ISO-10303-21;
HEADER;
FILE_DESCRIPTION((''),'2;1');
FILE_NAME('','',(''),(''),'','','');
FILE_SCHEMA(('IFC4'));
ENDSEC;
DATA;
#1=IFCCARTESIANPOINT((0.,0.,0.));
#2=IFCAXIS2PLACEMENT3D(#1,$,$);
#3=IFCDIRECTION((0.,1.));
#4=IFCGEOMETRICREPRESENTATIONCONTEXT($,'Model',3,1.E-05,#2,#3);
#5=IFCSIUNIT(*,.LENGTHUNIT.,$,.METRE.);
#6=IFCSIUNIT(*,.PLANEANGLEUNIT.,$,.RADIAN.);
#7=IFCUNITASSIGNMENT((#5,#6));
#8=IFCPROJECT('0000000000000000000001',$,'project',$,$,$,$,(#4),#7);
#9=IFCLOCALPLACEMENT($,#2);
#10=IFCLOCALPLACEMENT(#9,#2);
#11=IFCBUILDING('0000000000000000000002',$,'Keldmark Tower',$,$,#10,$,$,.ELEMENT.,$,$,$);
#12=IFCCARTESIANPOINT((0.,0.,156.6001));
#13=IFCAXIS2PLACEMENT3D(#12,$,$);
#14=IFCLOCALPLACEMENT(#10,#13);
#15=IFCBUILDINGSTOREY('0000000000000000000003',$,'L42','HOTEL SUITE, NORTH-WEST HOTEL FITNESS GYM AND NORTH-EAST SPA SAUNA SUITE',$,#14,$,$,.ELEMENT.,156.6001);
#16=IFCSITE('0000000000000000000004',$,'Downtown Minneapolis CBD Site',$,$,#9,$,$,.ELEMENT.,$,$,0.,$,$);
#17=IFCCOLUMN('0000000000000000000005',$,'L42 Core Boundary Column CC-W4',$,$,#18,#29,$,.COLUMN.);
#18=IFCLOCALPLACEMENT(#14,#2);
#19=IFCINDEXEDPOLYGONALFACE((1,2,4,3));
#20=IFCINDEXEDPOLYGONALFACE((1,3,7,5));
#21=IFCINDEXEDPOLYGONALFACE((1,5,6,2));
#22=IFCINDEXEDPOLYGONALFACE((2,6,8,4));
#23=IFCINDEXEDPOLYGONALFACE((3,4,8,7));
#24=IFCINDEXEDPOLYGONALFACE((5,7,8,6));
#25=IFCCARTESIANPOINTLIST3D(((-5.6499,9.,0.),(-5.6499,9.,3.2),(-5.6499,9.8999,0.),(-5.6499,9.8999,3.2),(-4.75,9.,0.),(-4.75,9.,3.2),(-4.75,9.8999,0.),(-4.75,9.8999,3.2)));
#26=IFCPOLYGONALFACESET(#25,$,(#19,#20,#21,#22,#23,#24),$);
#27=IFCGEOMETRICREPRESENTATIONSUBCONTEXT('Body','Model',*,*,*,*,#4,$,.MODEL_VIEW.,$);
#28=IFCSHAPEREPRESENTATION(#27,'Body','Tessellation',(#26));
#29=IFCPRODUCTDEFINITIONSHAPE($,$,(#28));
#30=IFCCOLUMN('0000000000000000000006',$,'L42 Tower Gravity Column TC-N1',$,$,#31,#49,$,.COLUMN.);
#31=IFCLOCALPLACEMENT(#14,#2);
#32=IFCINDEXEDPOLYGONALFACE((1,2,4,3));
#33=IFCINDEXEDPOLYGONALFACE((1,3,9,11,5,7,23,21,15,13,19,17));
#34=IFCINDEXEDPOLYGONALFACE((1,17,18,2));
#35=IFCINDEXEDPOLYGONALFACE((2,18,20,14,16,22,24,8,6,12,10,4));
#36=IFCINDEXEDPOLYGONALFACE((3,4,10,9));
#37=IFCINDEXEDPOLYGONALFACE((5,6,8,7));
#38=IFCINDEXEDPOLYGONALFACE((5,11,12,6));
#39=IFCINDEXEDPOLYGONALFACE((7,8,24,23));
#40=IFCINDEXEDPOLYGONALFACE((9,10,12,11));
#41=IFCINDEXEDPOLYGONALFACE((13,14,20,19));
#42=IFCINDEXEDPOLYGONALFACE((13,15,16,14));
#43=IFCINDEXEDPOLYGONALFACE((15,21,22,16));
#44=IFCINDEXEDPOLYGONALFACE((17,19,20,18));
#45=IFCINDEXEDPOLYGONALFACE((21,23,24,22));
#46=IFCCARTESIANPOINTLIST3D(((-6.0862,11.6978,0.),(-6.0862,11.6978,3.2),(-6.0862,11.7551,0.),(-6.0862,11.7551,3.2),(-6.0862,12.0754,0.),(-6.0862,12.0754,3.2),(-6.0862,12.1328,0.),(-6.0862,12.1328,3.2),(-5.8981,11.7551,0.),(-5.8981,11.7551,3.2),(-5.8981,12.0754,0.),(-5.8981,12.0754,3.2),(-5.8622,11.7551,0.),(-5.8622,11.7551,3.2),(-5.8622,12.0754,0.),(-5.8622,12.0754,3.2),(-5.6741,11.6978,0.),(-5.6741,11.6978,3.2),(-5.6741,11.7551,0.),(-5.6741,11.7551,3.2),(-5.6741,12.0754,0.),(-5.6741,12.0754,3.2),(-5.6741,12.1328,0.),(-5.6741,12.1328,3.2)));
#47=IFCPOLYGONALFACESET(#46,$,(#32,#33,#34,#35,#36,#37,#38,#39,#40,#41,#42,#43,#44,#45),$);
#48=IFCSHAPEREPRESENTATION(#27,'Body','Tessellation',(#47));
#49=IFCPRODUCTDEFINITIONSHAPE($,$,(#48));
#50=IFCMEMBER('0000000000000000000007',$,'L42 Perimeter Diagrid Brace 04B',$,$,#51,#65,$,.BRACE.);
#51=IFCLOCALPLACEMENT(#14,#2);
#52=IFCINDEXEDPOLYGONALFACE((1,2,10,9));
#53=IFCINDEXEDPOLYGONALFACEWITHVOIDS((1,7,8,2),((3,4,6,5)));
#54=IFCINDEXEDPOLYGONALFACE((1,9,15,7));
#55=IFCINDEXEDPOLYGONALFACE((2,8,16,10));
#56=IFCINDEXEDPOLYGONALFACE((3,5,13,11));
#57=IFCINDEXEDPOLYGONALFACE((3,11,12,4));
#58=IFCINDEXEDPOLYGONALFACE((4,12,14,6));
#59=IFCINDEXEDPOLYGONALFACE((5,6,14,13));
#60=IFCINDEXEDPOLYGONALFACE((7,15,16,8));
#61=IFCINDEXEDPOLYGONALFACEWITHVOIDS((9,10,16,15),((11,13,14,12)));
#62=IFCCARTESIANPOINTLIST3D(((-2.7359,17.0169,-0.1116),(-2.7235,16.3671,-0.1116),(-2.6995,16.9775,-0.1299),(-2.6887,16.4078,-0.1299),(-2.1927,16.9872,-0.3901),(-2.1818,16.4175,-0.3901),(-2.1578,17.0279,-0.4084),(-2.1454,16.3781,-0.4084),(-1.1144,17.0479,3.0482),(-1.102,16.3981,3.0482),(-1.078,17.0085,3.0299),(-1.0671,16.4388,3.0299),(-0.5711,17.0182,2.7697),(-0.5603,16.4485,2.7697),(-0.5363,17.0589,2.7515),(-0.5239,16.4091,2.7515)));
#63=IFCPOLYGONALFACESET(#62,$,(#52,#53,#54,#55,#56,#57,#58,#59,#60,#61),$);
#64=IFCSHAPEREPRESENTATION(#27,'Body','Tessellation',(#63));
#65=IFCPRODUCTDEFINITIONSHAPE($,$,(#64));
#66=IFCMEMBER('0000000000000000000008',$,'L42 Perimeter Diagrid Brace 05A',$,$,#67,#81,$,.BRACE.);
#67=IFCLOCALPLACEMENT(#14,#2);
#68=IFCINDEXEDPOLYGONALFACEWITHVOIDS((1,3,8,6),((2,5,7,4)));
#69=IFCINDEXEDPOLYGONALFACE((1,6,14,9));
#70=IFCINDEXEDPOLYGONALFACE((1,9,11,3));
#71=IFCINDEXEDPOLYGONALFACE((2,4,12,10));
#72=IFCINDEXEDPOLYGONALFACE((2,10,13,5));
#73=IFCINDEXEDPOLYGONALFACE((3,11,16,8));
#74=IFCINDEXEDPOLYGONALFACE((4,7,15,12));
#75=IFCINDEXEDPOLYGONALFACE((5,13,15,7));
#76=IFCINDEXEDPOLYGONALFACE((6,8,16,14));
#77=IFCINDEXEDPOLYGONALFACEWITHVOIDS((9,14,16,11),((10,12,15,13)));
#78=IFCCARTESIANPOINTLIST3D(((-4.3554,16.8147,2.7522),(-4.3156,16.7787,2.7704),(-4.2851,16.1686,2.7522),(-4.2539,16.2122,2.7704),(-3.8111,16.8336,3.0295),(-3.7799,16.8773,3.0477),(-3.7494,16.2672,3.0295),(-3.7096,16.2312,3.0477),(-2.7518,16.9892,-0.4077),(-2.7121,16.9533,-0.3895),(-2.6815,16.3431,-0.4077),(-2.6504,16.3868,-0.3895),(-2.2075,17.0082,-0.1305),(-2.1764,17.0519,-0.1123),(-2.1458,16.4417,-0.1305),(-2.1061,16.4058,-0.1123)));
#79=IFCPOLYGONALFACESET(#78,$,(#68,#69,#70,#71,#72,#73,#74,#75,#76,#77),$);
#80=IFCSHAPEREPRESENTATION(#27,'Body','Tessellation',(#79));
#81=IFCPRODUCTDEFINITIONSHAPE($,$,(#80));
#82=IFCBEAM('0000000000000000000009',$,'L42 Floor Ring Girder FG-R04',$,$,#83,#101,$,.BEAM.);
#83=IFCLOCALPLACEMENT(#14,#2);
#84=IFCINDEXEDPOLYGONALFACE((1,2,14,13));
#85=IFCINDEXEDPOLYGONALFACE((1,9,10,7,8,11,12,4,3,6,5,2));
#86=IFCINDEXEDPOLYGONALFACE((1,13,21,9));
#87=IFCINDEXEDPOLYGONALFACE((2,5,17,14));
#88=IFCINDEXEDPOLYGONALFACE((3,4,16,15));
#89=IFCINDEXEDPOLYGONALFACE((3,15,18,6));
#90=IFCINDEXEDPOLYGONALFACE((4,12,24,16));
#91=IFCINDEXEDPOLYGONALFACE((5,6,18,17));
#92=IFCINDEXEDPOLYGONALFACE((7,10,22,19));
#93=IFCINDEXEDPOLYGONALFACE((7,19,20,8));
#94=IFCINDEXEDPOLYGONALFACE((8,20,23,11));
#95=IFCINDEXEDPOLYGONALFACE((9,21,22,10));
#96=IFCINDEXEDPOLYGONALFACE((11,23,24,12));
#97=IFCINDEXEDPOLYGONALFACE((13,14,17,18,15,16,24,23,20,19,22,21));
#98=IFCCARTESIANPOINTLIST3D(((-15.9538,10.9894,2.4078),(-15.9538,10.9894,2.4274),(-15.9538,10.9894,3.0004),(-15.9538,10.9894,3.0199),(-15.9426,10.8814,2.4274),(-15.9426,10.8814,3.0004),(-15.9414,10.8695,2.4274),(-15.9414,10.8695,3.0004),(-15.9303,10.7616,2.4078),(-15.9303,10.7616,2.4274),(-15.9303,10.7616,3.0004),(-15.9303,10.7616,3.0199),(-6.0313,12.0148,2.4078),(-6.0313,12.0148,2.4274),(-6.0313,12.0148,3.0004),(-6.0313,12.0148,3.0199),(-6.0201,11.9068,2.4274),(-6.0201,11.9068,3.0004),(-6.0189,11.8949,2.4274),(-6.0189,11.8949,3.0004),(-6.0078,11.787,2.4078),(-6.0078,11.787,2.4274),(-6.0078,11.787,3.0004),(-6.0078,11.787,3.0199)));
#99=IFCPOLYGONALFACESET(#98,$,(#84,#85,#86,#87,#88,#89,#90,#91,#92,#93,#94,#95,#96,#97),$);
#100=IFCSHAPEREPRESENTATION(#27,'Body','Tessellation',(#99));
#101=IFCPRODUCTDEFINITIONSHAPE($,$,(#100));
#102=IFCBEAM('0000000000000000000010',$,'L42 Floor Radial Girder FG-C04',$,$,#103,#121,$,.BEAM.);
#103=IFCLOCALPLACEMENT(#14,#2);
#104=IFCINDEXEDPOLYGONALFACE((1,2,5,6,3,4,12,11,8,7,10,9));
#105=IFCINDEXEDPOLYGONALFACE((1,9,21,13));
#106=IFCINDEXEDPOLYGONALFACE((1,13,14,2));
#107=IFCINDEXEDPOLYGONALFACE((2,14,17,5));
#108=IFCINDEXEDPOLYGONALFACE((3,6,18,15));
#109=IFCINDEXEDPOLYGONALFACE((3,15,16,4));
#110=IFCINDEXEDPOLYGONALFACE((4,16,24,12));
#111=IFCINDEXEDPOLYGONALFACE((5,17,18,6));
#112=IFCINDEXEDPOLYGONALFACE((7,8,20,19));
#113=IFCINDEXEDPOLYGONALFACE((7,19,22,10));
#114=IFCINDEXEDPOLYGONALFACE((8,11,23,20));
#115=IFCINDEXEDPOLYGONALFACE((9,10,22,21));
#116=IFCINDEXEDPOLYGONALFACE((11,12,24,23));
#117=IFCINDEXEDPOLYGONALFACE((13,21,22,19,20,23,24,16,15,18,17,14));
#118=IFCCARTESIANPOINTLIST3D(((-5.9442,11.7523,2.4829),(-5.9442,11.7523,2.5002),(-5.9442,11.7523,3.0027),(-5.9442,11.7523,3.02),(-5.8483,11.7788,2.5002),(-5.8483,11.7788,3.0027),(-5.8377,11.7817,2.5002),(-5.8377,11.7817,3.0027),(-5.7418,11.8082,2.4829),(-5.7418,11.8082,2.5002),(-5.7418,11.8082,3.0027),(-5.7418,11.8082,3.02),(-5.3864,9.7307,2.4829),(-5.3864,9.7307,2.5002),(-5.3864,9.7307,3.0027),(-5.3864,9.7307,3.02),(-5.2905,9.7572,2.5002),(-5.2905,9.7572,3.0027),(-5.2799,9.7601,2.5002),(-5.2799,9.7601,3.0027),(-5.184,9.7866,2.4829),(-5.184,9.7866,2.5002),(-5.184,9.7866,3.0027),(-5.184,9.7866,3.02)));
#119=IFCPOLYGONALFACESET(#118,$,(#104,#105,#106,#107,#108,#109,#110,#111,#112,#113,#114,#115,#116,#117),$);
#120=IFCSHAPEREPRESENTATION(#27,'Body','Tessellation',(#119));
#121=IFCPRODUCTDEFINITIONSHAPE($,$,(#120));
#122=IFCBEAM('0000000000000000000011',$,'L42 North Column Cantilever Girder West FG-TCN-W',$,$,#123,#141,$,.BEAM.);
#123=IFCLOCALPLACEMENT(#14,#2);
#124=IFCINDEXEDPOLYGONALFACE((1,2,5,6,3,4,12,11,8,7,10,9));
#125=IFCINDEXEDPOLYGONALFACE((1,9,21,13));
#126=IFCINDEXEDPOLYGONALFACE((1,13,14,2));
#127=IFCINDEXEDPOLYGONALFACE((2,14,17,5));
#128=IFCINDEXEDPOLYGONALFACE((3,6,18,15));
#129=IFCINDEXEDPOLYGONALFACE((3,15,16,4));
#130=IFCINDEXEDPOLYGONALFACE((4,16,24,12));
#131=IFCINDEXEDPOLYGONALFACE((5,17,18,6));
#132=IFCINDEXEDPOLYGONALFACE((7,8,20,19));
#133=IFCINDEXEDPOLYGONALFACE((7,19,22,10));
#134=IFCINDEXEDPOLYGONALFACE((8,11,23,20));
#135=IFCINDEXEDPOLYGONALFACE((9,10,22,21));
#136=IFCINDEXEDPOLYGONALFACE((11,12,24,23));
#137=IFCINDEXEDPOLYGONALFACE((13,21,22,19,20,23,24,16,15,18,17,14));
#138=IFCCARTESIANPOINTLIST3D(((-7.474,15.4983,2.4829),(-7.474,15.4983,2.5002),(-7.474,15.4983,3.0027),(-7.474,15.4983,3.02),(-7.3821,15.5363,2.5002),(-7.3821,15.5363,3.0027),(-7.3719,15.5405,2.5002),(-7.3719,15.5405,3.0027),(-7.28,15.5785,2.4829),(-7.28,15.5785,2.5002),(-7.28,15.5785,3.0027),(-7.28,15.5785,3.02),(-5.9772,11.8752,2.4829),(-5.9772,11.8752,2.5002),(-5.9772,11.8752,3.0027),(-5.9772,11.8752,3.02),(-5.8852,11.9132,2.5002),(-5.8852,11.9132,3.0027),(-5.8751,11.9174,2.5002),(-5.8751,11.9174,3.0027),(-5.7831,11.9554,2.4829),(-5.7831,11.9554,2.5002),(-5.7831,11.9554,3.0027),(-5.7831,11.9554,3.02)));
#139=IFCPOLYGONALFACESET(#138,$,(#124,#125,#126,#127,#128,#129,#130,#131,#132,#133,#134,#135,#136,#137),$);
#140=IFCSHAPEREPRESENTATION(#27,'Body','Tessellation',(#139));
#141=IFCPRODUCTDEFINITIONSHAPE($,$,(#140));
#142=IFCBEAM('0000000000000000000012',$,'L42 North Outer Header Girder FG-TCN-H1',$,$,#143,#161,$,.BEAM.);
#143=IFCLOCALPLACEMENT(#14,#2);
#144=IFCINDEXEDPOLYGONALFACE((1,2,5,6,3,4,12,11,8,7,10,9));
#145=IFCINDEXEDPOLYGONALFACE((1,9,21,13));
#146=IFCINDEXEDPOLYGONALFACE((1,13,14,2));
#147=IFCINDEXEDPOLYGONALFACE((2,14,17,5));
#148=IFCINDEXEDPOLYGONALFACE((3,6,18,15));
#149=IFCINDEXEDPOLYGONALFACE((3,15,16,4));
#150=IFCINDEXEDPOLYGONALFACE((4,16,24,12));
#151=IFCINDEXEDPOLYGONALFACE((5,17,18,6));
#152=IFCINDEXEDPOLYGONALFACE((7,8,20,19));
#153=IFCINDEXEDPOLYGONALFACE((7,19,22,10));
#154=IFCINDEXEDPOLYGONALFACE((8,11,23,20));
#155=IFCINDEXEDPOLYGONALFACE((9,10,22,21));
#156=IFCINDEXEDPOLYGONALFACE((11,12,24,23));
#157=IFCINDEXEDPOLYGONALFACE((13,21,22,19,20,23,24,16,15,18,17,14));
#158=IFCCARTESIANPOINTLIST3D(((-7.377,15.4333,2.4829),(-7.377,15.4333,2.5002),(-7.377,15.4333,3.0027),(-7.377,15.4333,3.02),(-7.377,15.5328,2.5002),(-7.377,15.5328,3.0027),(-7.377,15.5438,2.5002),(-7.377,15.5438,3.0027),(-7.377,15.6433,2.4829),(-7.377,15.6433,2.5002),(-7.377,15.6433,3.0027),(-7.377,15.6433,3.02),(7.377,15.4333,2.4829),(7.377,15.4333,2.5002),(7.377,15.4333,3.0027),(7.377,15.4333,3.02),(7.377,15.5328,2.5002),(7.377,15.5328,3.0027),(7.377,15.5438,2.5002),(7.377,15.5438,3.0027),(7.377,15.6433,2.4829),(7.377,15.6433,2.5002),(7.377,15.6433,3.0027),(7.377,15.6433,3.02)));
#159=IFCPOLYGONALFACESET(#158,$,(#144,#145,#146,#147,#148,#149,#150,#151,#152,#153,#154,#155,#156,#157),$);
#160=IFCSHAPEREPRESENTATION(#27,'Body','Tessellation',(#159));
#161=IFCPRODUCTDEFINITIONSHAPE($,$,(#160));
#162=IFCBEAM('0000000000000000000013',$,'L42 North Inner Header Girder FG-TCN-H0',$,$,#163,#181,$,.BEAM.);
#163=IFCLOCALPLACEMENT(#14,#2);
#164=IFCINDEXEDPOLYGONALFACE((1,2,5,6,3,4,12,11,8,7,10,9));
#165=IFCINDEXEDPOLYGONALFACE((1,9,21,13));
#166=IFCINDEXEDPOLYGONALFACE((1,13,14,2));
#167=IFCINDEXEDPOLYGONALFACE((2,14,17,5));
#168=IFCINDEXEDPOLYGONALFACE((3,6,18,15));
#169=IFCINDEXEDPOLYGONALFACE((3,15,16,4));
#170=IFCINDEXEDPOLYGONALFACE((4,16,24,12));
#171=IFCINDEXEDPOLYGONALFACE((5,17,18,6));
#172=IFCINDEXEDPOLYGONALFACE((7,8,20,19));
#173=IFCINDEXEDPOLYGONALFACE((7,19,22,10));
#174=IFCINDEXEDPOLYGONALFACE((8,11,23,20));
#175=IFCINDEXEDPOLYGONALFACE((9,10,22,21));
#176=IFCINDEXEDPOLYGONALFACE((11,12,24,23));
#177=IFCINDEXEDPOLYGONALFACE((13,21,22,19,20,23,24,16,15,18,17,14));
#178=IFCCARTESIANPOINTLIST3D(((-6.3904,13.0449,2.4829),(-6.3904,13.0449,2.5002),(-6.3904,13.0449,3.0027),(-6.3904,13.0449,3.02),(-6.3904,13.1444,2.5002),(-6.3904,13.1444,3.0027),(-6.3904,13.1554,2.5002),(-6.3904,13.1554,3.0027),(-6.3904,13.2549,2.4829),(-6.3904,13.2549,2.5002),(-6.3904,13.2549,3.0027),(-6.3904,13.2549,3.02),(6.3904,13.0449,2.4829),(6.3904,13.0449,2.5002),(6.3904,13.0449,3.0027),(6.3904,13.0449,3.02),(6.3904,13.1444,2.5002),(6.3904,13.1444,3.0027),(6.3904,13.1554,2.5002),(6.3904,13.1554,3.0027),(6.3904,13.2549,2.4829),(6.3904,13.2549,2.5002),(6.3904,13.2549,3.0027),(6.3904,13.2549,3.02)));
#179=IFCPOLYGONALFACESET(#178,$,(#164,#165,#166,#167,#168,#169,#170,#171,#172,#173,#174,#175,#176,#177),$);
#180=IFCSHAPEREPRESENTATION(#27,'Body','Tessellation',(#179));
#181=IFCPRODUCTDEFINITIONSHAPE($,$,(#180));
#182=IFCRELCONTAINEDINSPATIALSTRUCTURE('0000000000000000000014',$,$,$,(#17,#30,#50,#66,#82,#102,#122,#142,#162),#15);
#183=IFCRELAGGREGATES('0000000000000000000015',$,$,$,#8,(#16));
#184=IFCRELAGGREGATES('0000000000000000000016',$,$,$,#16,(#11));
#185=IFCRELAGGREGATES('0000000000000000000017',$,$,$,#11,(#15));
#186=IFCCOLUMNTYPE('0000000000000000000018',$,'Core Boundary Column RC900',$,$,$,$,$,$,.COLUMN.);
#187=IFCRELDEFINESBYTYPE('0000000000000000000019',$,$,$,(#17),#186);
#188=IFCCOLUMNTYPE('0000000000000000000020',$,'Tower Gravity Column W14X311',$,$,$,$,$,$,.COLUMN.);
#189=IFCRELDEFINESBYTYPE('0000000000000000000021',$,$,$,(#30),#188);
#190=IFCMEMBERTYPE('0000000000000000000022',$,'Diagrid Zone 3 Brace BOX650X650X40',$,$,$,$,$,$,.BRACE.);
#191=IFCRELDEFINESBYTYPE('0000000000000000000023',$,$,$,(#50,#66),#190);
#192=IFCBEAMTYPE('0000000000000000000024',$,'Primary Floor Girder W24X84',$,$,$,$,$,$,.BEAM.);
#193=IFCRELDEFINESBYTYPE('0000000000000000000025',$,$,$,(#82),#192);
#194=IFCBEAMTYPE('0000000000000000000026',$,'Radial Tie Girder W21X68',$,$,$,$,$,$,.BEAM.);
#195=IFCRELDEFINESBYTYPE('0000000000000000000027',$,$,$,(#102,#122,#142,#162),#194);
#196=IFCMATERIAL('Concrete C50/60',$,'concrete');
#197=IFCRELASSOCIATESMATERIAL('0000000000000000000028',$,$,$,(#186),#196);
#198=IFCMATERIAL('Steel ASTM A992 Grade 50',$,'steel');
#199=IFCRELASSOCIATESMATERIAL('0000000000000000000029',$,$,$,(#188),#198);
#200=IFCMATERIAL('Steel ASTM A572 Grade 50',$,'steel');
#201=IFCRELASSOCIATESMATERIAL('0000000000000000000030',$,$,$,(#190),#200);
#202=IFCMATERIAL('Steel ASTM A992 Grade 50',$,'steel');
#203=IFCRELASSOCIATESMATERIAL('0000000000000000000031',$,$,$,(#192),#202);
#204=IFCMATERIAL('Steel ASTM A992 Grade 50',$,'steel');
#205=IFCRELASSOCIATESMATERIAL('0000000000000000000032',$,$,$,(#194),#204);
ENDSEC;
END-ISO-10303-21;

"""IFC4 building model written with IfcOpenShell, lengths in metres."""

from ifc_helpers import new_model, si_unit, direction, frame, origin, origin_2d, place, context, subcontext, project, spatial, rectangle, hollow_rectangle, i_section, extrude, material, material_profile, profile_set, type_object, element, save


model = new_model("IFC4")

# Units and contexts
model_context = context("Model", 3, precision=1e-05, world=origin(), true_north=direction((0.0, 1.0)))
body_context = subcontext(model_context, "Body", "Model", "MODEL_VIEW")
ifc_project = project(units=[si_unit("LENGTHUNIT", "METRE"), si_unit("PLANEANGLEUNIT", "RADIAN")], contexts=[model_context])

# Site, building, storey
site_placement = place(None, origin())
site = spatial("IfcSite", under=ifc_project, at=site_placement, Name="Downtown Minneapolis CBD Site", CompositionType="ELEMENT", RefElevation=0.0)
building_placement = place(site_placement, origin())
building = spatial("IfcBuilding", under=site, at=building_placement, Name="Keldmark Tower", CompositionType="ELEMENT")
storey_placement = place(building_placement, frame((0.0, 0.0, 156.6001)))
storey = spatial("IfcBuildingStorey", under=building, at=storey_placement, Name="L42", Description="HOTEL SUITE, NORTH-WEST HOTEL FITNESS GYM AND NORTH-EAST SPA SAUNA SUITE", CompositionType="ELEMENT", Elevation=156.6001)

# Columns
ifc_material_1 = material(Name="Concrete C50/60", Category="concrete")
ifc_material_profile_1 = material_profile(ifc_material_1, rectangle(XDim=0.8999, YDim=0.8999, at=origin_2d()), Name="RC900X900")
ifc_profile_set_1 = profile_set([ifc_material_profile_1], Name="Concrete C50/60")
column_type_1 = type_object("IfcColumnType", Name="Core Boundary Column RC900", PredefinedType="COLUMN", material=ifc_profile_set_1)
column_1_placement = place(storey_placement, frame((-5.2, 9.45, 0.0), z_axis=(0.0, 0.0, 1.0), x_axis=(1.0, 0.0, 0.0)))
element("IfcColumn", 1, at=column_1_placement, inside=storey, type_object=column_type_1, Name="L42 Core Boundary Column CC-W4", PredefinedType="COLUMN", context=body_context, shape_type="SweptSolid", body=[
    extrude(rectangle(XDim=0.8999, YDim=0.8999, at=origin_2d()), origin(), (0.0, 0.0, 1.0), 3.2),
])
ifc_material_2 = material(Name="Steel ASTM A992 Grade 50", Category="steel")
ifc_material_profile_2 = material_profile(ifc_material_2, i_section(OverallWidth=0.4121, OverallDepth=0.4351, WebThickness=0.0359, FlangeThickness=0.0574, at=origin_2d()), Name="W14X311")
ifc_profile_set_2 = profile_set([ifc_material_profile_2], Name="Steel ASTM A992 Grade 50")
column_type_2 = type_object("IfcColumnType", Name="Tower Gravity Column W14X311", PredefinedType="COLUMN", material=ifc_profile_set_2)
column_2_placement = place(storey_placement, frame((-5.8801, 11.9153, 0.0), z_axis=(0.0, 0.0, 1.0), x_axis=(1.0, 0.0, 0.0)))
element("IfcColumn", 2, at=column_2_placement, inside=storey, type_object=column_type_2, Name="L42 Tower Gravity Column TC-N1", PredefinedType="COLUMN", context=body_context, shape_type="SweptSolid", body=[
    extrude(i_section(OverallWidth=0.4121, OverallDepth=0.4351, WebThickness=0.0359, FlangeThickness=0.0574, at=origin_2d()), origin(), (0.0, 0.0, 1.0), 3.2),
])

# Members
ifc_material_3 = material(Name="Steel ASTM A572 Grade 50", Category="steel")
ifc_material_profile_3 = material_profile(ifc_material_3, hollow_rectangle(XDim=0.6499, YDim=0.6499, WallThickness=0.04, at=origin_2d()), Name="BOX650X650X40")
ifc_profile_set_3 = profile_set([ifc_material_profile_3], Name="Steel ASTM A572 Grade 50")
member_type = type_object("IfcMemberType", Name="Diagrid Zone 3 Brace BOX650X650X40", PredefinedType="BRACE", material=ifc_profile_set_3)
member_1_placement = place(storey_placement, frame((-2.4407, 16.6975, -0.26), z_axis=(0.456548, 0.00873, 0.889656), x_axis=(-0.019117, 0.999817, 0.0)))
element("IfcMember", 3, at=member_1_placement, inside=storey, type_object=member_type, Name="L42 Perimeter Diagrid Brace 04B", PredefinedType="BRACE", context=body_context, shape_type="SweptSolid", body=[
    extrude(hollow_rectangle(XDim=0.6499, YDim=0.6499, WallThickness=0.04, at=origin_2d()), origin(), (0.0, 0.0, 1.0), 3.5518),
])
member_2_placement = place(storey_placement, frame((-2.429, 16.6975, -0.26), z_axis=(-0.451977, -0.049203, 0.890672), x_axis=(0.108222, -0.994127, 0.0)))
element("IfcMember", 4, at=member_2_placement, inside=storey, type_object=member_type, Name="L42 Perimeter Diagrid Brace 05A", PredefinedType="BRACE", context=body_context, shape_type="SweptSolid", body=[
    extrude(hollow_rectangle(XDim=0.6499, YDim=0.6499, WallThickness=0.04, at=origin_2d()), origin(), (0.0, 0.0, 1.0), 3.5479),
])

# Beams
ifc_material_4 = material(Name="Steel ASTM A992 Grade 50", Category="steel")
ifc_material_profile_4 = material_profile(ifc_material_4, i_section(OverallWidth=0.229, OverallDepth=0.6121, WebThickness=0.012, FlangeThickness=0.0195, at=origin_2d()), Name="W24X84")
ifc_profile_set_4 = profile_set([ifc_material_profile_4], Name="Steel ASTM A992 Grade 50")
beam_type_1 = type_object("IfcBeamType", Name="Primary Floor Girder W24X84", PredefinedType="BEAM", material=ifc_profile_set_4)
beam_1_placement = place(storey_placement, frame((-6.0195, 11.9009, 2.7139), z_axis=(-0.994703, -0.102791, 0.0), x_axis=(0.102791, -0.994703, 0.0)))
element("IfcBeam", 5, at=beam_1_placement, inside=storey, type_object=beam_type_1, Name="L42 Floor Ring Girder FG-R04", PredefinedType="BEAM", context=body_context, shape_type="SweptSolid", body=[
    extrude(i_section(OverallWidth=0.229, OverallDepth=0.6121, WebThickness=0.012, FlangeThickness=0.0195, at=origin_2d()), origin(), (0.0, 0.0, 1.0), 9.9753),
])
ifc_material_5 = material(Name="Steel ASTM A992 Grade 50", Category="steel")
ifc_material_profile_5 = material_profile(ifc_material_5, i_section(OverallWidth=0.21, OverallDepth=0.5371, WebThickness=0.011, FlangeThickness=0.0173, at=origin_2d()), Name="W21X68")
ifc_profile_set_5 = profile_set([ifc_material_profile_5], Name="Steel ASTM A992 Grade 50")
beam_type_2 = type_object("IfcBeamType", Name="Radial Tie Girder W21X68", PredefinedType="BEAM", material=ifc_profile_set_5)
beam_2_placement = place(storey_placement, frame((-5.843, 11.7803, 2.7515), z_axis=(0.265992, -0.963975, 0.0), x_axis=(0.963975, 0.265992, 0.0)))
element("IfcBeam", 6, at=beam_2_placement, inside=storey, type_object=beam_type_2, Name="L42 Floor Radial Girder FG-C04", PredefinedType="BEAM", context=body_context, shape_type="SweptSolid", body=[
    extrude(i_section(OverallWidth=0.21, OverallDepth=0.5371, WebThickness=0.011, FlangeThickness=0.0173, at=origin_2d()), origin(), (0.0, 0.0, 1.0), 2.0972),
])
beam_3_placement = place(storey_placement, frame((-5.8801, 11.9153, 2.7515), z_axis=(-0.381836, 0.92423, 0.0), x_axis=(-0.92423, -0.381836, 0.0)))
element("IfcBeam", 7, at=beam_3_placement, inside=storey, type_object=beam_type_2, Name="L42 North Column Cantilever Girder West FG-TCN-W", PredefinedType="BEAM", context=body_context, shape_type="SweptSolid", body=[
    extrude(i_section(OverallWidth=0.21, OverallDepth=0.5371, WebThickness=0.011, FlangeThickness=0.0173, at=origin_2d()), origin(), (0.0, 0.0, 1.0), 3.9202),
])
beam_4_placement = place(storey_placement, frame((-7.377, 15.5383, 2.7515), z_axis=(1.0, 0.0, 0.0), x_axis=(0.0, 1.0, 0.0)))
element("IfcBeam", 8, at=beam_4_placement, inside=storey, type_object=beam_type_2, Name="L42 North Outer Header Girder FG-TCN-H1", PredefinedType="BEAM", context=body_context, shape_type="SweptSolid", body=[
    extrude(i_section(OverallWidth=0.21, OverallDepth=0.5371, WebThickness=0.011, FlangeThickness=0.0173, at=origin_2d()), origin(), (0.0, 0.0, 1.0), 14.7539),
])
beam_5_placement = place(storey_placement, frame((-6.3904, 13.1499, 2.7515), z_axis=(1.0, 0.0, 0.0), x_axis=(0.0, 1.0, 0.0)))
element("IfcBeam", 9, at=beam_5_placement, inside=storey, type_object=beam_type_2, Name="L42 North Inner Header Girder FG-TCN-H0", PredefinedType="BEAM", context=body_context, shape_type="SweptSolid", body=[
    extrude(i_section(OverallWidth=0.21, OverallDepth=0.5371, WebThickness=0.011, FlangeThickness=0.0173, at=origin_2d()), origin(), (0.0, 0.0, 1.0), 12.7808),
])

save(model, "model.ifc")
